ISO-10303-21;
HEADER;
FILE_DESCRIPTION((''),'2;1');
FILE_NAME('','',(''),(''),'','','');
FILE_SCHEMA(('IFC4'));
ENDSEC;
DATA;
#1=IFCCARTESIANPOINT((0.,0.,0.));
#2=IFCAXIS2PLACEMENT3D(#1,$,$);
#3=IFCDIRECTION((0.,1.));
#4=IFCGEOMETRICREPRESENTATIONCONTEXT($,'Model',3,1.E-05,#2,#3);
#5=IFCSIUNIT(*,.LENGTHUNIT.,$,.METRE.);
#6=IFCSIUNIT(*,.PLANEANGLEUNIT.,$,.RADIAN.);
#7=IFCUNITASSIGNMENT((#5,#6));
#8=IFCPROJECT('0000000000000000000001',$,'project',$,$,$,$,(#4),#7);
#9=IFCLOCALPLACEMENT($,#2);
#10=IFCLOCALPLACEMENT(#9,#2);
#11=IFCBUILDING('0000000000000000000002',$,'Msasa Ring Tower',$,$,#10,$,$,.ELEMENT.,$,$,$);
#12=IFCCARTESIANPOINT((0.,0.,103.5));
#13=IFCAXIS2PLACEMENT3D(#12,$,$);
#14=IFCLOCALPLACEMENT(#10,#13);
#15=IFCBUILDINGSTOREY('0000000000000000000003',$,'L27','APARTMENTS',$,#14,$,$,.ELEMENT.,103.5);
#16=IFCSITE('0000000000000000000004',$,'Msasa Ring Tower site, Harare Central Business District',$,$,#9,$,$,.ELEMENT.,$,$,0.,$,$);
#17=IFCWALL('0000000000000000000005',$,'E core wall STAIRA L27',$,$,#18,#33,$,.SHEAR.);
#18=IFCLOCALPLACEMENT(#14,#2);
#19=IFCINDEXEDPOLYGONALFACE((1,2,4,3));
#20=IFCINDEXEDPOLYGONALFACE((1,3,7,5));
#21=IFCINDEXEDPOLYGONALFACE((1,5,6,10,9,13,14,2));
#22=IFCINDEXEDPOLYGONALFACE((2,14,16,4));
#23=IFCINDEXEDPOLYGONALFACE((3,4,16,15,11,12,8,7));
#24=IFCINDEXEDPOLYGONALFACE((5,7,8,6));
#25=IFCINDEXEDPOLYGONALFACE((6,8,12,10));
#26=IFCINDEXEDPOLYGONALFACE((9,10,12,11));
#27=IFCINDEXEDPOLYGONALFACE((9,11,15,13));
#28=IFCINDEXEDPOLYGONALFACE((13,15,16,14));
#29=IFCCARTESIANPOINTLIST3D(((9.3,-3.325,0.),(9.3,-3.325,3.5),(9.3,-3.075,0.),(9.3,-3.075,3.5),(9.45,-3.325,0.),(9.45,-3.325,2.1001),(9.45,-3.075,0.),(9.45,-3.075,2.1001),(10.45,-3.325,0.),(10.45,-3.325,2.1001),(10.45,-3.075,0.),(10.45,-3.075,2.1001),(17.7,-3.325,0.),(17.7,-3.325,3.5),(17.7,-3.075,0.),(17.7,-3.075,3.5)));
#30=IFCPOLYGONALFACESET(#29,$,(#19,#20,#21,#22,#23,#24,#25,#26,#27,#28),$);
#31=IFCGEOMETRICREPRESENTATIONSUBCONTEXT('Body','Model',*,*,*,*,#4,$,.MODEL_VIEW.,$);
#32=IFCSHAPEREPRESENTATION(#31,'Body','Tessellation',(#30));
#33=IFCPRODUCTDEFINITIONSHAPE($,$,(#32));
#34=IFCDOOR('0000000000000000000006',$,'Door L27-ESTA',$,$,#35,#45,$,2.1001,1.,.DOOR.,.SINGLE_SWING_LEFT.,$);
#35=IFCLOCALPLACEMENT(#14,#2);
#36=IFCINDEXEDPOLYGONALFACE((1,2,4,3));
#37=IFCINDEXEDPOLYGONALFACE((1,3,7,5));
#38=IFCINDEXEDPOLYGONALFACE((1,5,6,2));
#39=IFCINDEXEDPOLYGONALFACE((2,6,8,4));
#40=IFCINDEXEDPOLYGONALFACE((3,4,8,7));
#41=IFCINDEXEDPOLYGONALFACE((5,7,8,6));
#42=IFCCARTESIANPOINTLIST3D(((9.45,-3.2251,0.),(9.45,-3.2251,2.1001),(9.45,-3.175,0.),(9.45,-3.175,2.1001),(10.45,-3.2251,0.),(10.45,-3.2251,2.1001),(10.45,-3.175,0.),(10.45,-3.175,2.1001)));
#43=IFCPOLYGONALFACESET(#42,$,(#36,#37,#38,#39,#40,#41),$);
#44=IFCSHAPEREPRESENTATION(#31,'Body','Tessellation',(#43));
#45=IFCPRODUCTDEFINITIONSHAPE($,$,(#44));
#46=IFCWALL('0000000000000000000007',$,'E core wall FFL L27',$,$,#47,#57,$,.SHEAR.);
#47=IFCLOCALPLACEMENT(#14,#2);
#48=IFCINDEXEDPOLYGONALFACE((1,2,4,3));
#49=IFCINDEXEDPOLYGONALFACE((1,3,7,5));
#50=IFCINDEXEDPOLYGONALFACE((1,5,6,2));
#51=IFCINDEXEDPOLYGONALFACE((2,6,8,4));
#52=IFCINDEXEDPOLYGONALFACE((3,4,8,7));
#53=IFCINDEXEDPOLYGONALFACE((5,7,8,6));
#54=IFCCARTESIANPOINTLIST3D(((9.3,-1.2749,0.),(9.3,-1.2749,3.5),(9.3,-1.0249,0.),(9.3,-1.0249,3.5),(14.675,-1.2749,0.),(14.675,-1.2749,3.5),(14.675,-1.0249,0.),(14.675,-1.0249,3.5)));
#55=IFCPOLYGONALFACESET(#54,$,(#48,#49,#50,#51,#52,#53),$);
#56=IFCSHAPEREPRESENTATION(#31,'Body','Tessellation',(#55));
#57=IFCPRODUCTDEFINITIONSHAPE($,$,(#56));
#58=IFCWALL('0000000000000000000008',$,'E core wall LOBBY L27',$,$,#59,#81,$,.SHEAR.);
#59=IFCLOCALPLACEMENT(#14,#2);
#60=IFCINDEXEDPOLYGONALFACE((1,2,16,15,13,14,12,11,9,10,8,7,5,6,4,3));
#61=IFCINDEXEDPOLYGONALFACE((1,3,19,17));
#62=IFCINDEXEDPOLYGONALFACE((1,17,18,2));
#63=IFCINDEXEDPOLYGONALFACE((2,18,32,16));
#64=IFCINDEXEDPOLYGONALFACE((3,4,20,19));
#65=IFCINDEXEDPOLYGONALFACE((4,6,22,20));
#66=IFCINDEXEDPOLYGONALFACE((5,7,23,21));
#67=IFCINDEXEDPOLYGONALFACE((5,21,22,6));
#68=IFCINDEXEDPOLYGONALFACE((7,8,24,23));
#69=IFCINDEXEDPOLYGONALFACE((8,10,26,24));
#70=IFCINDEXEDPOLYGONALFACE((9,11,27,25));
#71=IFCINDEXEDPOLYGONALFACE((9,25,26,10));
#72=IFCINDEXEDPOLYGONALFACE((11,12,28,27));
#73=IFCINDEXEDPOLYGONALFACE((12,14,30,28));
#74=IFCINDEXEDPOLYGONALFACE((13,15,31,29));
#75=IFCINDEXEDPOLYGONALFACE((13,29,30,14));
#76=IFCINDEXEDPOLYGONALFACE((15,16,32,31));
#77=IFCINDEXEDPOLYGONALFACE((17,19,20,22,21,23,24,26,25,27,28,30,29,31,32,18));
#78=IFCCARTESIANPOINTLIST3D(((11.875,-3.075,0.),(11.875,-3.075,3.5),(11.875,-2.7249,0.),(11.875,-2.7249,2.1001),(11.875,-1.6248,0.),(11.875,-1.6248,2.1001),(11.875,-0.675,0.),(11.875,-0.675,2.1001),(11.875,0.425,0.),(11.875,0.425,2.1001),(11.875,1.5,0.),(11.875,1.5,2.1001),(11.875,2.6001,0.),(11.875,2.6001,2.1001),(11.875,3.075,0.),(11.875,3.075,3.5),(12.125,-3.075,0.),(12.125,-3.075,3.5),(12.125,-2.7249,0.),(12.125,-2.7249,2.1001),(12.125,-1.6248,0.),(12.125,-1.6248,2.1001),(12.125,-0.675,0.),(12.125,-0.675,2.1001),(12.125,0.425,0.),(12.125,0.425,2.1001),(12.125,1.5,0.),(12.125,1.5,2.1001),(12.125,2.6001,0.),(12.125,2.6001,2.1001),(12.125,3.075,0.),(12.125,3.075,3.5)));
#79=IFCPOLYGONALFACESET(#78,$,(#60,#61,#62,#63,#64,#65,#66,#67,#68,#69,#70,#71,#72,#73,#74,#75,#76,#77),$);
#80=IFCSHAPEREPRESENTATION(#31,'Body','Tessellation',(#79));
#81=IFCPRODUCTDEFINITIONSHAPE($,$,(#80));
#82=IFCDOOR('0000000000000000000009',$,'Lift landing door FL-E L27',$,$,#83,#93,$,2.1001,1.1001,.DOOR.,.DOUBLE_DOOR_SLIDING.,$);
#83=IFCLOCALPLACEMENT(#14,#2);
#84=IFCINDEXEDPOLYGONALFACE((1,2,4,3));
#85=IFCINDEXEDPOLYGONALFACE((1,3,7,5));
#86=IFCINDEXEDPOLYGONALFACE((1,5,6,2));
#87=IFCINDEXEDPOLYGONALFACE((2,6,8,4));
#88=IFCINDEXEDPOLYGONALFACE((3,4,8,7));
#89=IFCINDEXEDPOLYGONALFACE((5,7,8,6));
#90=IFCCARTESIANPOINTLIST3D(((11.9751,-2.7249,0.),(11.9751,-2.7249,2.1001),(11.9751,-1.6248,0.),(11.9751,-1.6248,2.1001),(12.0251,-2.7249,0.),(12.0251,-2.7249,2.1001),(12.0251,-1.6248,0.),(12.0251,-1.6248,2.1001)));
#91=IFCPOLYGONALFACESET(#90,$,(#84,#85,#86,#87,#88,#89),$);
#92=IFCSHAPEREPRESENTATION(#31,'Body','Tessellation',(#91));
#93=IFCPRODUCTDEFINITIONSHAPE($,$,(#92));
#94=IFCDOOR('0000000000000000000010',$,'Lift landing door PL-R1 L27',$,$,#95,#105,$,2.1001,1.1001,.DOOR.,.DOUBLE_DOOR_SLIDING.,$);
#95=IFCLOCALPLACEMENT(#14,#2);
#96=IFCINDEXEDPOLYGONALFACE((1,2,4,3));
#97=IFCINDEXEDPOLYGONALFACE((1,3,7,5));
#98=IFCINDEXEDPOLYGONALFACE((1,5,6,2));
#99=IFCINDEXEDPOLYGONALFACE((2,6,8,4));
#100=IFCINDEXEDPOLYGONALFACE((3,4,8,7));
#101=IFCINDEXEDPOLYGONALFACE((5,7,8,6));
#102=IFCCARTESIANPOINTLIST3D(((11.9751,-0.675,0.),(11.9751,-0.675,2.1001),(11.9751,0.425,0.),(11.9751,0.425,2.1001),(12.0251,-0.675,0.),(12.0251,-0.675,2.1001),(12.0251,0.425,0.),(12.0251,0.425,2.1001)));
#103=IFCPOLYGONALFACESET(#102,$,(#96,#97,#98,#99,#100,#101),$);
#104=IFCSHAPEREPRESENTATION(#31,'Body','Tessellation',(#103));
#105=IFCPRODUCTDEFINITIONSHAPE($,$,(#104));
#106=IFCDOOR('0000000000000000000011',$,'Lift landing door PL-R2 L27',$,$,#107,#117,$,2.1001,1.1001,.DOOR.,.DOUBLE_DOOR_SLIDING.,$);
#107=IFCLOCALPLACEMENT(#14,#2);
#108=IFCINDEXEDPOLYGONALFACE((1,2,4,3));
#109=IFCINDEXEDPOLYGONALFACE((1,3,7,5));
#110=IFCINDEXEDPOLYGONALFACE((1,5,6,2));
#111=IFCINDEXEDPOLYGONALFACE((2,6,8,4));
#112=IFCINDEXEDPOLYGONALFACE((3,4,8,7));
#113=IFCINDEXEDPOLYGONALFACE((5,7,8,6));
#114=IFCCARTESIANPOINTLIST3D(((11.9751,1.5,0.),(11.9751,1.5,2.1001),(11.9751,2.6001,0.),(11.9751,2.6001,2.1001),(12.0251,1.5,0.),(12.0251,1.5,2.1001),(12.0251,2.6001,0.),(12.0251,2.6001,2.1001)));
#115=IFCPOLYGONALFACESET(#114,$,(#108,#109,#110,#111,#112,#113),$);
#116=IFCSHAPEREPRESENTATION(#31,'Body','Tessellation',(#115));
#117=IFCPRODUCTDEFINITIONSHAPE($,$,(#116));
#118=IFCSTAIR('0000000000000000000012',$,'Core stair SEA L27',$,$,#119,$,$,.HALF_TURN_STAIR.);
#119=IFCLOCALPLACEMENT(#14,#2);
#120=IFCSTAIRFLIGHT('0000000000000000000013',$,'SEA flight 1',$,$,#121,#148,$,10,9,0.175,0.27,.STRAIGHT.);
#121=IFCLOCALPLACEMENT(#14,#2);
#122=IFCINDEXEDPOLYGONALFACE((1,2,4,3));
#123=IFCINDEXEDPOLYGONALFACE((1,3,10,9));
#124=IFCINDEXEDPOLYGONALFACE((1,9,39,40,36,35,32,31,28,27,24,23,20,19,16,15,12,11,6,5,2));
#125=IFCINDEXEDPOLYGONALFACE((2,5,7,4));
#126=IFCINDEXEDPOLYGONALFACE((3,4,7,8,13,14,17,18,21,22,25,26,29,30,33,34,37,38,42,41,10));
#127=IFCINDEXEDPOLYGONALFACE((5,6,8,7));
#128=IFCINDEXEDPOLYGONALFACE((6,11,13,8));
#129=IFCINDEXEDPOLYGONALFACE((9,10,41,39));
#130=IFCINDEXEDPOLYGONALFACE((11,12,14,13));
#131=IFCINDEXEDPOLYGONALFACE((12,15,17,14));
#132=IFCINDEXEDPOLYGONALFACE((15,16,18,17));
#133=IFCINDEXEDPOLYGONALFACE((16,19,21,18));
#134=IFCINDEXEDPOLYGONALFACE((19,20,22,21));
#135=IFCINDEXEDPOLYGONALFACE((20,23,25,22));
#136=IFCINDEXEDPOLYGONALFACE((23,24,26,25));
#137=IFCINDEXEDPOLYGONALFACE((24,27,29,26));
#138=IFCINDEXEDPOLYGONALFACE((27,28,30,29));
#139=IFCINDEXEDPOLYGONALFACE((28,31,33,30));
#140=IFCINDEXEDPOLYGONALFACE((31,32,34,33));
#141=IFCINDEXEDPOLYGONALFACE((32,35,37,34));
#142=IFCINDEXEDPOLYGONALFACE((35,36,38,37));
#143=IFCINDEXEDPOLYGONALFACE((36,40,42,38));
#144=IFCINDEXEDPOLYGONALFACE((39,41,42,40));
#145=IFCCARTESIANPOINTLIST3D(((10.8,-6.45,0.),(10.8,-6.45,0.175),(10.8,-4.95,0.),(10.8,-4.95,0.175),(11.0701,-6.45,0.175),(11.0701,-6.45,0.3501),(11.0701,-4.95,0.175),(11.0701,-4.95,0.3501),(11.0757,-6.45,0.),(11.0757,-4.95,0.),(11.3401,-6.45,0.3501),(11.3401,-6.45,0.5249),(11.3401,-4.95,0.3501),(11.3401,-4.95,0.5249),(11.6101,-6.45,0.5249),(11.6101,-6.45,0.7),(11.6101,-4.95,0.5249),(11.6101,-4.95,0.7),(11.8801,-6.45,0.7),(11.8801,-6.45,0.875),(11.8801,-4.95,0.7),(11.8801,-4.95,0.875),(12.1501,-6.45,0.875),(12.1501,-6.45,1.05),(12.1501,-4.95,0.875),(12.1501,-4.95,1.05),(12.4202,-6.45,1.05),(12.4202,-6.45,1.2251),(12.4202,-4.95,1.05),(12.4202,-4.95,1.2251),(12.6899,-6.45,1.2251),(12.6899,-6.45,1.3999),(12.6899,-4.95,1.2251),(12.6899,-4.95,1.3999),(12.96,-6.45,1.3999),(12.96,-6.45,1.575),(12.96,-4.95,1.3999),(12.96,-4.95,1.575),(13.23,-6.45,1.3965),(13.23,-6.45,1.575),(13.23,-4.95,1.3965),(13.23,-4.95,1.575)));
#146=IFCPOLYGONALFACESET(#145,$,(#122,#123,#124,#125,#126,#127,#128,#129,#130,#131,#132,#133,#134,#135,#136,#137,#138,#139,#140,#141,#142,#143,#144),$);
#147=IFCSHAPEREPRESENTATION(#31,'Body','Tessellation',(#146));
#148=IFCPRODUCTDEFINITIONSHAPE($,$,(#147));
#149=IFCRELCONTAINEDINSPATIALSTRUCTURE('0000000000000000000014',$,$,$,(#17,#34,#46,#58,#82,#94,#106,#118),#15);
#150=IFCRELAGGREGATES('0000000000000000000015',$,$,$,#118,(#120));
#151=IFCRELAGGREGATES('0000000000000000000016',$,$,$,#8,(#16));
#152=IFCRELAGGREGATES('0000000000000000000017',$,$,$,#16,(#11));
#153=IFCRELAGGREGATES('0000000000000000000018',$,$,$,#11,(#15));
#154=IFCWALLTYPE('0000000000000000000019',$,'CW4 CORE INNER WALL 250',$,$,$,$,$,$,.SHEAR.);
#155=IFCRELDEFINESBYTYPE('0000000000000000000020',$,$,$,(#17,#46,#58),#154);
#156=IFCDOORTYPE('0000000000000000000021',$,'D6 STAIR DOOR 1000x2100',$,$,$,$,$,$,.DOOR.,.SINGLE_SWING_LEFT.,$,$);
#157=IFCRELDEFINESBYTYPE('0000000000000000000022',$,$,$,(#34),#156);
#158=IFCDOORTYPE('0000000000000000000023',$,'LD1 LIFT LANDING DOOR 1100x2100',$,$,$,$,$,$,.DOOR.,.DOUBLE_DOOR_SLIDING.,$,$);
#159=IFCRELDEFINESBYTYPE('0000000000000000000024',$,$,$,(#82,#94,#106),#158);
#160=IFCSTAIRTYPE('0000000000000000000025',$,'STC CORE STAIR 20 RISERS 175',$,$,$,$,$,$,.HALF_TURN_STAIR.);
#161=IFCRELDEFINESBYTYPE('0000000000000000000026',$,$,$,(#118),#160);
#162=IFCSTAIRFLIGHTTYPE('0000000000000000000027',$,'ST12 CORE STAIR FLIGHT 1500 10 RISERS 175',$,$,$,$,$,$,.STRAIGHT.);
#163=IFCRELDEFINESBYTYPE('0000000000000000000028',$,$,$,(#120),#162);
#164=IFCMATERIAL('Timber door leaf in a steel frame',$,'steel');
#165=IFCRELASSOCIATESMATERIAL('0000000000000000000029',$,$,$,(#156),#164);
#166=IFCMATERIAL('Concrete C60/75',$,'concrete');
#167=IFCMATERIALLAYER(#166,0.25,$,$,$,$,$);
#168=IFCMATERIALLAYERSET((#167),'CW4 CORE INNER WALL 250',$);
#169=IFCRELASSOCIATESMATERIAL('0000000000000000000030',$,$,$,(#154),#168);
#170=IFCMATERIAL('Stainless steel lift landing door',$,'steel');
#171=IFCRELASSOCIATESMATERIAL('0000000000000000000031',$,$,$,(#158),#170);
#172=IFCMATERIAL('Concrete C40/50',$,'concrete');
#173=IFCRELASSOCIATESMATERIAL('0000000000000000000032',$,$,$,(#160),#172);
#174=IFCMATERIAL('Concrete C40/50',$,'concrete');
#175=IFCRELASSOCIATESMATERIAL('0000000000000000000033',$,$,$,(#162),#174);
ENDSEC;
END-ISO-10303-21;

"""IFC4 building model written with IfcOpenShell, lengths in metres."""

from ifc_helpers import new_model, si_unit, direction, frame, frame_2d, origin, place, context, subcontext, project, spatial, polyline, rectangle, outline, extrude, material, layer, layer_set, type_object, element, fill, aggregate, save


model = new_model("IFC4")

# Units and contexts
model_context = context("Model", 3, precision=1e-05, world=origin(), true_north=direction((0.0, 1.0)))
body_context = subcontext(model_context, "Body", "Model", "MODEL_VIEW")
ifc_project = project(units=[si_unit("LENGTHUNIT", "METRE"), si_unit("PLANEANGLEUNIT", "RADIAN")], contexts=[model_context])

# Site, building, storey
site_placement = place(None, origin())
site = spatial("IfcSite", under=ifc_project, at=site_placement, Name="Msasa Ring Tower site, Harare Central Business District", CompositionType="ELEMENT", RefElevation=0.0)
building_placement = place(site_placement, origin())
building = spatial("IfcBuilding", under=site, at=building_placement, Name="Msasa Ring Tower", CompositionType="ELEMENT")
storey_placement = place(building_placement, frame((0.0, 0.0, 103.5)))
storey = spatial("IfcBuildingStorey", under=building, at=storey_placement, Name="L27", Description="APARTMENTS", CompositionType="ELEMENT", Elevation=103.5)

# Shared definitions
ifc_material_1 = material(Name="Timber door leaf in a steel frame", Category="steel")
door_type_1 = type_object("IfcDoorType", Name="D6 STAIR DOOR 1000x2100", OperationType="SINGLE_SWING_LEFT", PredefinedType="DOOR", material=ifc_material_1)

# Wall, opening, door
ifc_material_2 = material(Name="Concrete C60/75", Category="concrete")
ifc_layer_1 = layer(ifc_material_2, 0.25)
ifc_layer_set_1 = layer_set([ifc_layer_1], Name="CW4 CORE INNER WALL 250")
wall_type_1 = type_object("IfcWallType", Name="CW4 CORE INNER WALL 250", PredefinedType="SHEAR", material=ifc_layer_set_1)
wall_1_placement = place(storey_placement, frame((9.3, -3.2, 0.0), z_axis=(0.0, 0.0, 1.0), x_axis=(1.0, 0.0, 0.0)))
wall_1 = element("IfcWall", 1, at=wall_1_placement, inside=storey, type_object=wall_type_1, Name="E core wall STAIRA L27", PredefinedType="SHEAR", context=body_context, shape_type="SweptSolid", body=[
    extrude(rectangle(XDim=8.3999, YDim=0.25, at=frame_2d((4.2, 0.0))), origin(), (0.0, 0.0, 1.0), 3.5),
])
opening_1_placement = place(wall_1_placement, frame((0.1499, 0.0, 0.0)))
opening_1 = element("IfcOpeningElement", 2, at=opening_1_placement, cuts=wall_1, PredefinedType="OPENING", context=body_context, shape_type="SweptSolid", body=[
    extrude(rectangle(XDim=1.0, YDim=2.1001, at=frame_2d((0.5, 1.05))), frame((0.0, 0.135, 0.0), z_axis=(0.0, -1.0, 0.0), x_axis=(1.0, 0.0, 0.0)), (0.0, 0.0, 1.0), 0.27),
])
door_1_placement = place(opening_1_placement, origin())
door_1 = element("IfcDoor", 3, at=door_1_placement, inside=storey, type_object=door_type_1, Name="Door L27-ESTA", OperationType="SINGLE_SWING_LEFT", OverallHeight=2.1001, OverallWidth=1.0, PredefinedType="DOOR", context=body_context, shape_type="SweptSolid", body=[
    extrude(rectangle(XDim=1.0, YDim=2.1001, at=frame_2d((0.5, 1.05))), frame((0.0, 0.0249, 0.0), z_axis=(0.0, -1.0, 0.0), x_axis=(1.0, 0.0, 0.0)), (0.0, 0.0, 1.0), 0.05),
])
fill(opening_1, door_1)

# Wall
wall_2_placement = place(storey_placement, frame((9.3, -1.1499, 0.0), z_axis=(0.0, 0.0, 1.0), x_axis=(1.0, 0.0, 0.0)))
element("IfcWall", 4, at=wall_2_placement, inside=storey, type_object=wall_type_1, Name="E core wall FFL L27", PredefinedType="SHEAR", context=body_context, shape_type="SweptSolid", body=[
    extrude(rectangle(XDim=5.375, YDim=0.25, at=frame_2d((2.6875, 0.0))), origin(), (0.0, 0.0, 1.0), 3.5),
])

# Wall, openings, doors
wall_3_placement = place(storey_placement, frame((12.0, -3.075, 0.0), z_axis=(0.0, 0.0, 1.0), x_axis=(0.0, 1.0, 0.0)))
wall_3 = element("IfcWall", 5, at=wall_3_placement, inside=storey, type_object=wall_type_1, Name="E core wall LOBBY L27", PredefinedType="SHEAR", context=body_context, shape_type="SweptSolid", body=[
    extrude(rectangle(XDim=6.1499, YDim=0.25, at=frame_2d((3.075, 0.0))), origin(), (0.0, 0.0, 1.0), 3.5),
])
opening_2_placement = place(wall_3_placement, frame((0.3501, 0.0, 0.0)))
opening_2 = element("IfcOpeningElement", 6, at=opening_2_placement, cuts=wall_3, PredefinedType="OPENING", context=body_context, shape_type="SweptSolid", body=[
    extrude(rectangle(XDim=1.1001, YDim=2.1001, at=frame_2d((0.55, 1.05))), frame((0.0, 0.135, 0.0), z_axis=(0.0, -1.0, 0.0), x_axis=(1.0, 0.0, 0.0)), (0.0, 0.0, 1.0), 0.27),
])
opening_3_placement = place(wall_3_placement, frame((2.3999, 0.0, 0.0)))
opening_3 = element("IfcOpeningElement", 7, at=opening_3_placement, cuts=wall_3, PredefinedType="OPENING", context=body_context, shape_type="SweptSolid", body=[
    extrude(rectangle(XDim=1.1001, YDim=2.1001, at=frame_2d((0.55, 1.05))), frame((0.0, 0.135, 0.0), z_axis=(0.0, -1.0, 0.0), x_axis=(1.0, 0.0, 0.0)), (0.0, 0.0, 1.0), 0.27),
])
opening_4_placement = place(wall_3_placement, frame((4.575, 0.0, 0.0)))
opening_4 = element("IfcOpeningElement", 8, at=opening_4_placement, cuts=wall_3, PredefinedType="OPENING", context=body_context, shape_type="SweptSolid", body=[
    extrude(rectangle(XDim=1.1001, YDim=2.1001, at=frame_2d((0.55, 1.05))), frame((0.0, 0.135, 0.0), z_axis=(0.0, -1.0, 0.0), x_axis=(1.0, 0.0, 0.0)), (0.0, 0.0, 1.0), 0.27),
])
ifc_material_3 = material(Name="Stainless steel lift landing door", Category="steel")
door_type_2 = type_object("IfcDoorType", Name="LD1 LIFT LANDING DOOR 1100x2100", OperationType="DOUBLE_DOOR_SLIDING", PredefinedType="DOOR", material=ifc_material_3)
door_2_placement = place(opening_2_placement, origin())
door_2 = element("IfcDoor", 9, at=door_2_placement, inside=storey, type_object=door_type_2, Name="Lift landing door FL-E L27", OperationType="DOUBLE_DOOR_SLIDING", OverallHeight=2.1001, OverallWidth=1.1001, PredefinedType="DOOR", context=body_context, shape_type="SweptSolid", body=[
    extrude(rectangle(XDim=1.1001, YDim=2.1001, at=frame_2d((0.55, 1.05))), frame((0.0, 0.0249, 0.0), z_axis=(0.0, -1.0, 0.0), x_axis=(1.0, 0.0, 0.0)), (0.0, 0.0, 1.0), 0.05),
])
fill(opening_2, door_2)
door_3_placement = place(opening_3_placement, origin())
door_3 = element("IfcDoor", 10, at=door_3_placement, inside=storey, type_object=door_type_2, Name="Lift landing door PL-R1 L27", OperationType="DOUBLE_DOOR_SLIDING", OverallHeight=2.1001, OverallWidth=1.1001, PredefinedType="DOOR", context=body_context, shape_type="SweptSolid", body=[
    extrude(rectangle(XDim=1.1001, YDim=2.1001, at=frame_2d((0.55, 1.05))), frame((0.0, 0.0249, 0.0), z_axis=(0.0, -1.0, 0.0), x_axis=(1.0, 0.0, 0.0)), (0.0, 0.0, 1.0), 0.05),
])
fill(opening_3, door_3)
door_4_placement = place(opening_4_placement, origin())
door_4 = element("IfcDoor", 11, at=door_4_placement, inside=storey, type_object=door_type_2, Name="Lift landing door PL-R2 L27", OperationType="DOUBLE_DOOR_SLIDING", OverallHeight=2.1001, OverallWidth=1.1001, PredefinedType="DOOR", context=body_context, shape_type="SweptSolid", body=[
    extrude(rectangle(XDim=1.1001, YDim=2.1001, at=frame_2d((0.55, 1.05))), frame((0.0, 0.0249, 0.0), z_axis=(0.0, -1.0, 0.0), x_axis=(1.0, 0.0, 0.0)), (0.0, 0.0, 1.0), 0.05),
])
fill(opening_4, door_4)

# Stair, stair flight
ifc_material_4 = material(Name="Concrete C40/50", Category="concrete")
stair_type = type_object("IfcStairType", Name="STC CORE STAIR 20 RISERS 175", PredefinedType="HALF_TURN_STAIR", material=ifc_material_4)
stair_placement = place(storey_placement, origin())
stair = element("IfcStair", 12, at=stair_placement, inside=storey, type_object=stair_type, Name="Core stair SEA L27", PredefinedType="HALF_TURN_STAIR")
ifc_material_5 = material(Name="Concrete C40/50", Category="concrete")
stair_flight_type = type_object("IfcStairFlightType", Name="ST12 CORE STAIR FLIGHT 1500 10 RISERS 175", PredefinedType="STRAIGHT", material=ifc_material_5)
stair_flight_placement = place(storey_placement, frame((10.8, -5.7, 0.0), z_axis=(0.0, 0.0, 1.0), x_axis=(1.0, 0.0, 0.0)))
stair_flight = element("IfcStairFlight", 13, at=stair_flight_placement, type_object=stair_flight_type, Name="SEA flight 1", NumberOfRisers=10, NumberOfTreads=9, PredefinedType="STRAIGHT", RiserHeight=0.175, TreadLength=0.27, context=body_context, shape_type="SweptSolid", body=[
    extrude(outline(polyline([(0.0, 0.0), (0.0, 0.175), (0.27, 0.175), (0.27, 0.3501), (0.54, 0.3501), (0.54, 0.5249), (0.8101, 0.5249), (0.8101, 0.7), (1.0801, 0.7), (1.0801, 0.875), (1.3501, 0.875), (1.3501, 1.05), (1.6201, 1.05), (1.6201, 1.2251), (1.8899, 1.2251), (1.8899, 1.3999), (2.1599, 1.3999), (2.1599, 1.575), (2.4299, 1.575), (2.4299, 1.75), (2.4299, 1.3965), (0.2756, 0.0), (0.0, 0.0)])), frame((0.0, 0.75, 0.0), z_axis=(0.0, -1.0, 0.0), x_axis=(1.0, 0.0, 0.0)), (0.0, 0.0, 1.0), 1.5),
])
aggregate(stair, [stair_flight])

save(model, "model.ifc")
